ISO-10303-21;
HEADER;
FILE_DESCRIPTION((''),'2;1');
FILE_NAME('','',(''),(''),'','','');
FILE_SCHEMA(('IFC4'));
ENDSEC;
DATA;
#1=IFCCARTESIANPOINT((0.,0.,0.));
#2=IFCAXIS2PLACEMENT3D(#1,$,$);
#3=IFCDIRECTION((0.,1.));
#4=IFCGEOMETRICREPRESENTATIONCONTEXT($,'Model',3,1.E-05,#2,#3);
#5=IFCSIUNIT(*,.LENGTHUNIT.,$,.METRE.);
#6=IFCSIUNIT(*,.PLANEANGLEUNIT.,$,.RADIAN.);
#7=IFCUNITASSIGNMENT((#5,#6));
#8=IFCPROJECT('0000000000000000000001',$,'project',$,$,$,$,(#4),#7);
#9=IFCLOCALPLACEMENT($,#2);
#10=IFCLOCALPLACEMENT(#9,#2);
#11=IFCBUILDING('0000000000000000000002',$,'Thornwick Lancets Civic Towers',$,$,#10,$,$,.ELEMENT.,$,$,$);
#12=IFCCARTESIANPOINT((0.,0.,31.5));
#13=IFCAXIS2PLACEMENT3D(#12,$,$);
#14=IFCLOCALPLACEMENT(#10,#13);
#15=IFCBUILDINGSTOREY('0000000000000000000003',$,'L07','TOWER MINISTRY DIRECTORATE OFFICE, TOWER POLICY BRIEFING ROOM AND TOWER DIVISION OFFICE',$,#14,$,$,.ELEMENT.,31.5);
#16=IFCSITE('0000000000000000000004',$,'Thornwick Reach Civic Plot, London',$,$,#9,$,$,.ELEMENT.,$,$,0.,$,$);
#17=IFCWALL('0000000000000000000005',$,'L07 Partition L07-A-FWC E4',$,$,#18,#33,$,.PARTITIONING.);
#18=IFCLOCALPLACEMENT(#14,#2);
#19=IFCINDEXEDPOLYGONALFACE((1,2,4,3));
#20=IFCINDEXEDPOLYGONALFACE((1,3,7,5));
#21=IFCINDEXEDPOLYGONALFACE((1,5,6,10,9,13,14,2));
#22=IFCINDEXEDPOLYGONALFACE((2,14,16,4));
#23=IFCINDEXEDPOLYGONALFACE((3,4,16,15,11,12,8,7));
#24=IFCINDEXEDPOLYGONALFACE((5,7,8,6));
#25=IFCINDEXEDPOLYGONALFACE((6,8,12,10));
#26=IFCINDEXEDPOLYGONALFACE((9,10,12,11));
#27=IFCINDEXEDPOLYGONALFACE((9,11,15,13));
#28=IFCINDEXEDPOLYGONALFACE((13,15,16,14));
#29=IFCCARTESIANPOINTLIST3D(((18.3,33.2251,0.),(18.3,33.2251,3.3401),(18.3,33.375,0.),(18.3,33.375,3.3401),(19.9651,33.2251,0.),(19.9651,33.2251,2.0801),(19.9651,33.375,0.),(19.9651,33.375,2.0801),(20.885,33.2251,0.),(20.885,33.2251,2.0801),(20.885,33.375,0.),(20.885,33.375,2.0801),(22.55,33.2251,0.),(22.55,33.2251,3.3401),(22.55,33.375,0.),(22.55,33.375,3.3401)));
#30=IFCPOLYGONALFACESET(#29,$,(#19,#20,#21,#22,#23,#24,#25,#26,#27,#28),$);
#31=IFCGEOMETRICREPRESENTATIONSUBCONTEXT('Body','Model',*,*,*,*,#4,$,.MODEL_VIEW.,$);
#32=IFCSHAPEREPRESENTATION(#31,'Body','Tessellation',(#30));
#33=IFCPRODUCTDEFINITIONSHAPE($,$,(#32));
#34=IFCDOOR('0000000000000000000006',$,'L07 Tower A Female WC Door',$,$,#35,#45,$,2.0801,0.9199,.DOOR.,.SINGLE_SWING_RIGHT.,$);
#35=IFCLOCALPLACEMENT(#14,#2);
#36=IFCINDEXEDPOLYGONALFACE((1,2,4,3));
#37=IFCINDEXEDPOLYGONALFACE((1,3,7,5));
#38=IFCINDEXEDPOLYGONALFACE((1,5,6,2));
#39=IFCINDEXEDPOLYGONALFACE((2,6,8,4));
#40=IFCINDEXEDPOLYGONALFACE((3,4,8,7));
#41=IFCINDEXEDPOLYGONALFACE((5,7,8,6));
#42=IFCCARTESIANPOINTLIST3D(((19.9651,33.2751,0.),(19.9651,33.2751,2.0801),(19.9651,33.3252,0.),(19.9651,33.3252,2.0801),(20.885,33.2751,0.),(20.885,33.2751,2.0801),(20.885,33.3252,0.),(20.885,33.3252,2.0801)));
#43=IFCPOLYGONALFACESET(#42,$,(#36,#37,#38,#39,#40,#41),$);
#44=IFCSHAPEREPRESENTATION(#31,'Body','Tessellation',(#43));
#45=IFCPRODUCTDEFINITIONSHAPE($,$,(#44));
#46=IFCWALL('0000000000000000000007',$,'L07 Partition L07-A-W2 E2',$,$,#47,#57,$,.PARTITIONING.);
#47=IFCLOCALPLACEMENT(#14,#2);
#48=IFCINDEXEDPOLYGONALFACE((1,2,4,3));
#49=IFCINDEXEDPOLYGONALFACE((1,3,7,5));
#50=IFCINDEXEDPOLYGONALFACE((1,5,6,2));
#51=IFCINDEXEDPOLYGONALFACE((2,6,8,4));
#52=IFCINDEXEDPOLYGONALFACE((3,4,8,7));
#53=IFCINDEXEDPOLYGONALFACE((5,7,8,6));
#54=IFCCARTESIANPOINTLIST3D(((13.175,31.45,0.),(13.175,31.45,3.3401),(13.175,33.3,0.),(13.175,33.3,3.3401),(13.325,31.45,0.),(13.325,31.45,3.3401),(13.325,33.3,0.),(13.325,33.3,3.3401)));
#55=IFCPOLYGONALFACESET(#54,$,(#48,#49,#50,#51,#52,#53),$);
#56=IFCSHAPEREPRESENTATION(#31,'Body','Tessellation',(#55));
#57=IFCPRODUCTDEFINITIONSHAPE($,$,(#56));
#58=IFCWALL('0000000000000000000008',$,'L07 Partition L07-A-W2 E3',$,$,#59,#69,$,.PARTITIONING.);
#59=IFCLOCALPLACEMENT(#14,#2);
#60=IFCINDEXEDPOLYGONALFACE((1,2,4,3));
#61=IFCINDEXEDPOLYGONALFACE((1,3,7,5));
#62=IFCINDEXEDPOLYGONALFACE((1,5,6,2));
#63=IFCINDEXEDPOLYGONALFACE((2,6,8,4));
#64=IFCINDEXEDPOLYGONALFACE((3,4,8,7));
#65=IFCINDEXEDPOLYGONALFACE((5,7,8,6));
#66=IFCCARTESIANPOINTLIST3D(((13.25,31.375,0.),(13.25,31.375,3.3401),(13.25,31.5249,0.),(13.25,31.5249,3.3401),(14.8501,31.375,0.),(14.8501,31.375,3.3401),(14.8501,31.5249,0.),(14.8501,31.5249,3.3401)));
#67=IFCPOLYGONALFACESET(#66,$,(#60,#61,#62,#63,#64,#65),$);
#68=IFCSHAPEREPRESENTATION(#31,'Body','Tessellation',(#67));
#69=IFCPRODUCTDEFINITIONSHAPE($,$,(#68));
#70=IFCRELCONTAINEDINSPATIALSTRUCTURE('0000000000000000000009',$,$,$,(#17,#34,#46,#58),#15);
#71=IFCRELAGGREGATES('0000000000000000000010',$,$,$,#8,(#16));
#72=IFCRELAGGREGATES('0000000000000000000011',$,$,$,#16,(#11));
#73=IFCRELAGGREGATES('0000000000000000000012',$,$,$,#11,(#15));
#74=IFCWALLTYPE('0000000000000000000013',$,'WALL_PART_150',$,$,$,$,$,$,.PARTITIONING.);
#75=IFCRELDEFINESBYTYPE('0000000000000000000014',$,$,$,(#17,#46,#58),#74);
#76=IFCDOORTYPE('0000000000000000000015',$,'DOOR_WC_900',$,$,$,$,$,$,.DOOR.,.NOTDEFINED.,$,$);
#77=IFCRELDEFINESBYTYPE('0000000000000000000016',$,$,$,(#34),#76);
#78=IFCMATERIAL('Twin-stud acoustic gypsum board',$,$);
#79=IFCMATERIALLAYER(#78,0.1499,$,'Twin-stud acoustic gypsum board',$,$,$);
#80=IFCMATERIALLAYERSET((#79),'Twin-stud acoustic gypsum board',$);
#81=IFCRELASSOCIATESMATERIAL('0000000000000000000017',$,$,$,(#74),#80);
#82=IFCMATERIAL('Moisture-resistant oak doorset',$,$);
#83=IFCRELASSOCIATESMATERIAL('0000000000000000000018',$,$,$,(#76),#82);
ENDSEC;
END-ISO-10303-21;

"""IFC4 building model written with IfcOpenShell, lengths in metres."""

from ifc_helpers import new_model, si_unit, direction, frame, frame_2d, origin, place, context, subcontext, project, spatial, rectangle, extrude, material, layer, layer_set, type_object, element, fill, save


model = new_model("IFC4")

# Units and contexts
model_context = context("Model", 3, precision=1e-05, world=origin(), true_north=direction((0.0, 1.0)))
body_context = subcontext(model_context, "Body", "Model", "MODEL_VIEW")
ifc_project = project(units=[si_unit("LENGTHUNIT", "METRE"), si_unit("PLANEANGLEUNIT", "RADIAN")], contexts=[model_context])

# Site, building, storey
site_placement = place(None, origin())
site = spatial("IfcSite", under=ifc_project, at=site_placement, Name="Thornwick Reach Civic Plot, London", CompositionType="ELEMENT", RefElevation=0.0)
building_placement = place(site_placement, origin())
building = spatial("IfcBuilding", under=site, at=building_placement, Name="Thornwick Lancets Civic Towers", CompositionType="ELEMENT")
storey_placement = place(building_placement, frame((0.0, 0.0, 31.5)))
storey = spatial("IfcBuildingStorey", under=building, at=storey_placement, Name="L07", Description="TOWER MINISTRY DIRECTORATE OFFICE, TOWER POLICY BRIEFING ROOM AND TOWER DIVISION OFFICE", CompositionType="ELEMENT", Elevation=31.5)

# Shared definitions
ifc_material_1 = material(Name="Twin-stud acoustic gypsum board")
ifc_layer_1 = layer(ifc_material_1, 0.1499, Name="Twin-stud acoustic gypsum board")
ifc_layer_set_1 = layer_set([ifc_layer_1], Name="Twin-stud acoustic gypsum board")
wall_type_1 = type_object("IfcWallType", Name="WALL_PART_150", PredefinedType="PARTITIONING", material=ifc_layer_set_1)

# Wall, opening, door
wall_1_placement = place(storey_placement, frame((22.55, 33.3, 0.0), z_axis=(0.0, 0.0, 1.0), x_axis=(-1.0, 0.0, 0.0)))
wall_1 = element("IfcWall", 1, at=wall_1_placement, inside=storey, type_object=wall_type_1, Name="L07 Partition L07-A-FWC E4", PredefinedType="PARTITIONING", context=body_context, shape_type="SweptSolid", body=[
    extrude(rectangle(XDim=4.25, YDim=0.1499, at=frame_2d((2.125, 0.0))), origin(), (0.0, 0.0, 1.0), 3.3401),
])
opening_1_placement = place(wall_1_placement, frame((1.665, 0.0, 0.0)))
opening_1 = element("IfcOpeningElement", 2, at=opening_1_placement, cuts=wall_1, PredefinedType="OPENING", context=body_context, shape_type="SweptSolid", body=[
    extrude(rectangle(XDim=0.9199, YDim=2.0801, at=frame_2d((0.46, 1.04))), frame((0.0, 0.085, 0.0), z_axis=(0.0, -1.0, 0.0), x_axis=(1.0, 0.0, 0.0)), (0.0, 0.0, 1.0), 0.1699),
])
ifc_material_2 = material(Name="Moisture-resistant oak doorset")
door_type_1 = type_object("IfcDoorType", Name="DOOR_WC_900", OperationType="NOTDEFINED", PredefinedType="DOOR", material=ifc_material_2)
door_1_placement = place(opening_1_placement, origin())
door_1 = element("IfcDoor", 3, at=door_1_placement, inside=storey, type_object=door_type_1, Name="L07 Tower A Female WC Door", OperationType="SINGLE_SWING_RIGHT", OverallHeight=2.0801, OverallWidth=0.9199, PredefinedType="DOOR", context=body_context, shape_type="SweptSolid", body=[
    extrude(rectangle(XDim=0.9199, YDim=2.0801, at=frame_2d((0.46, 1.04))), frame((0.0, 0.0249, 0.0), z_axis=(0.0, -1.0, 0.0), x_axis=(1.0, 0.0, 0.0)), (0.0, 0.0, 1.0), 0.05),
])
fill(opening_1, door_1)

# Walls
wall_2_placement = place(storey_placement, frame((13.25, 33.3, 0.0), z_axis=(0.0, 0.0, 1.0), x_axis=(0.0, -1.0, 0.0)))
element("IfcWall", 4, at=wall_2_placement, inside=storey, type_object=wall_type_1, Name="L07 Partition L07-A-W2 E2", PredefinedType="PARTITIONING", context=body_context, shape_type="SweptSolid", body=[
    extrude(rectangle(XDim=1.8501, YDim=0.1499, at=frame_2d((0.925, 0.0))), origin(), (0.0, 0.0, 1.0), 3.3401),
])
wall_3_placement = place(storey_placement, frame((13.25, 31.45, 0.0), z_axis=(0.0, 0.0, 1.0), x_axis=(1.0, 0.0, 0.0)))
element("IfcWall", 5, at=wall_3_placement, inside=storey, type_object=wall_type_1, Name="L07 Partition L07-A-W2 E3", PredefinedType="PARTITIONING", context=body_context, shape_type="SweptSolid", body=[
    extrude(rectangle(XDim=1.6001, YDim=0.1499, at=frame_2d((0.8, 0.0))), origin(), (0.0, 0.0, 1.0), 3.3401),
])

save(model, "model.ifc")
